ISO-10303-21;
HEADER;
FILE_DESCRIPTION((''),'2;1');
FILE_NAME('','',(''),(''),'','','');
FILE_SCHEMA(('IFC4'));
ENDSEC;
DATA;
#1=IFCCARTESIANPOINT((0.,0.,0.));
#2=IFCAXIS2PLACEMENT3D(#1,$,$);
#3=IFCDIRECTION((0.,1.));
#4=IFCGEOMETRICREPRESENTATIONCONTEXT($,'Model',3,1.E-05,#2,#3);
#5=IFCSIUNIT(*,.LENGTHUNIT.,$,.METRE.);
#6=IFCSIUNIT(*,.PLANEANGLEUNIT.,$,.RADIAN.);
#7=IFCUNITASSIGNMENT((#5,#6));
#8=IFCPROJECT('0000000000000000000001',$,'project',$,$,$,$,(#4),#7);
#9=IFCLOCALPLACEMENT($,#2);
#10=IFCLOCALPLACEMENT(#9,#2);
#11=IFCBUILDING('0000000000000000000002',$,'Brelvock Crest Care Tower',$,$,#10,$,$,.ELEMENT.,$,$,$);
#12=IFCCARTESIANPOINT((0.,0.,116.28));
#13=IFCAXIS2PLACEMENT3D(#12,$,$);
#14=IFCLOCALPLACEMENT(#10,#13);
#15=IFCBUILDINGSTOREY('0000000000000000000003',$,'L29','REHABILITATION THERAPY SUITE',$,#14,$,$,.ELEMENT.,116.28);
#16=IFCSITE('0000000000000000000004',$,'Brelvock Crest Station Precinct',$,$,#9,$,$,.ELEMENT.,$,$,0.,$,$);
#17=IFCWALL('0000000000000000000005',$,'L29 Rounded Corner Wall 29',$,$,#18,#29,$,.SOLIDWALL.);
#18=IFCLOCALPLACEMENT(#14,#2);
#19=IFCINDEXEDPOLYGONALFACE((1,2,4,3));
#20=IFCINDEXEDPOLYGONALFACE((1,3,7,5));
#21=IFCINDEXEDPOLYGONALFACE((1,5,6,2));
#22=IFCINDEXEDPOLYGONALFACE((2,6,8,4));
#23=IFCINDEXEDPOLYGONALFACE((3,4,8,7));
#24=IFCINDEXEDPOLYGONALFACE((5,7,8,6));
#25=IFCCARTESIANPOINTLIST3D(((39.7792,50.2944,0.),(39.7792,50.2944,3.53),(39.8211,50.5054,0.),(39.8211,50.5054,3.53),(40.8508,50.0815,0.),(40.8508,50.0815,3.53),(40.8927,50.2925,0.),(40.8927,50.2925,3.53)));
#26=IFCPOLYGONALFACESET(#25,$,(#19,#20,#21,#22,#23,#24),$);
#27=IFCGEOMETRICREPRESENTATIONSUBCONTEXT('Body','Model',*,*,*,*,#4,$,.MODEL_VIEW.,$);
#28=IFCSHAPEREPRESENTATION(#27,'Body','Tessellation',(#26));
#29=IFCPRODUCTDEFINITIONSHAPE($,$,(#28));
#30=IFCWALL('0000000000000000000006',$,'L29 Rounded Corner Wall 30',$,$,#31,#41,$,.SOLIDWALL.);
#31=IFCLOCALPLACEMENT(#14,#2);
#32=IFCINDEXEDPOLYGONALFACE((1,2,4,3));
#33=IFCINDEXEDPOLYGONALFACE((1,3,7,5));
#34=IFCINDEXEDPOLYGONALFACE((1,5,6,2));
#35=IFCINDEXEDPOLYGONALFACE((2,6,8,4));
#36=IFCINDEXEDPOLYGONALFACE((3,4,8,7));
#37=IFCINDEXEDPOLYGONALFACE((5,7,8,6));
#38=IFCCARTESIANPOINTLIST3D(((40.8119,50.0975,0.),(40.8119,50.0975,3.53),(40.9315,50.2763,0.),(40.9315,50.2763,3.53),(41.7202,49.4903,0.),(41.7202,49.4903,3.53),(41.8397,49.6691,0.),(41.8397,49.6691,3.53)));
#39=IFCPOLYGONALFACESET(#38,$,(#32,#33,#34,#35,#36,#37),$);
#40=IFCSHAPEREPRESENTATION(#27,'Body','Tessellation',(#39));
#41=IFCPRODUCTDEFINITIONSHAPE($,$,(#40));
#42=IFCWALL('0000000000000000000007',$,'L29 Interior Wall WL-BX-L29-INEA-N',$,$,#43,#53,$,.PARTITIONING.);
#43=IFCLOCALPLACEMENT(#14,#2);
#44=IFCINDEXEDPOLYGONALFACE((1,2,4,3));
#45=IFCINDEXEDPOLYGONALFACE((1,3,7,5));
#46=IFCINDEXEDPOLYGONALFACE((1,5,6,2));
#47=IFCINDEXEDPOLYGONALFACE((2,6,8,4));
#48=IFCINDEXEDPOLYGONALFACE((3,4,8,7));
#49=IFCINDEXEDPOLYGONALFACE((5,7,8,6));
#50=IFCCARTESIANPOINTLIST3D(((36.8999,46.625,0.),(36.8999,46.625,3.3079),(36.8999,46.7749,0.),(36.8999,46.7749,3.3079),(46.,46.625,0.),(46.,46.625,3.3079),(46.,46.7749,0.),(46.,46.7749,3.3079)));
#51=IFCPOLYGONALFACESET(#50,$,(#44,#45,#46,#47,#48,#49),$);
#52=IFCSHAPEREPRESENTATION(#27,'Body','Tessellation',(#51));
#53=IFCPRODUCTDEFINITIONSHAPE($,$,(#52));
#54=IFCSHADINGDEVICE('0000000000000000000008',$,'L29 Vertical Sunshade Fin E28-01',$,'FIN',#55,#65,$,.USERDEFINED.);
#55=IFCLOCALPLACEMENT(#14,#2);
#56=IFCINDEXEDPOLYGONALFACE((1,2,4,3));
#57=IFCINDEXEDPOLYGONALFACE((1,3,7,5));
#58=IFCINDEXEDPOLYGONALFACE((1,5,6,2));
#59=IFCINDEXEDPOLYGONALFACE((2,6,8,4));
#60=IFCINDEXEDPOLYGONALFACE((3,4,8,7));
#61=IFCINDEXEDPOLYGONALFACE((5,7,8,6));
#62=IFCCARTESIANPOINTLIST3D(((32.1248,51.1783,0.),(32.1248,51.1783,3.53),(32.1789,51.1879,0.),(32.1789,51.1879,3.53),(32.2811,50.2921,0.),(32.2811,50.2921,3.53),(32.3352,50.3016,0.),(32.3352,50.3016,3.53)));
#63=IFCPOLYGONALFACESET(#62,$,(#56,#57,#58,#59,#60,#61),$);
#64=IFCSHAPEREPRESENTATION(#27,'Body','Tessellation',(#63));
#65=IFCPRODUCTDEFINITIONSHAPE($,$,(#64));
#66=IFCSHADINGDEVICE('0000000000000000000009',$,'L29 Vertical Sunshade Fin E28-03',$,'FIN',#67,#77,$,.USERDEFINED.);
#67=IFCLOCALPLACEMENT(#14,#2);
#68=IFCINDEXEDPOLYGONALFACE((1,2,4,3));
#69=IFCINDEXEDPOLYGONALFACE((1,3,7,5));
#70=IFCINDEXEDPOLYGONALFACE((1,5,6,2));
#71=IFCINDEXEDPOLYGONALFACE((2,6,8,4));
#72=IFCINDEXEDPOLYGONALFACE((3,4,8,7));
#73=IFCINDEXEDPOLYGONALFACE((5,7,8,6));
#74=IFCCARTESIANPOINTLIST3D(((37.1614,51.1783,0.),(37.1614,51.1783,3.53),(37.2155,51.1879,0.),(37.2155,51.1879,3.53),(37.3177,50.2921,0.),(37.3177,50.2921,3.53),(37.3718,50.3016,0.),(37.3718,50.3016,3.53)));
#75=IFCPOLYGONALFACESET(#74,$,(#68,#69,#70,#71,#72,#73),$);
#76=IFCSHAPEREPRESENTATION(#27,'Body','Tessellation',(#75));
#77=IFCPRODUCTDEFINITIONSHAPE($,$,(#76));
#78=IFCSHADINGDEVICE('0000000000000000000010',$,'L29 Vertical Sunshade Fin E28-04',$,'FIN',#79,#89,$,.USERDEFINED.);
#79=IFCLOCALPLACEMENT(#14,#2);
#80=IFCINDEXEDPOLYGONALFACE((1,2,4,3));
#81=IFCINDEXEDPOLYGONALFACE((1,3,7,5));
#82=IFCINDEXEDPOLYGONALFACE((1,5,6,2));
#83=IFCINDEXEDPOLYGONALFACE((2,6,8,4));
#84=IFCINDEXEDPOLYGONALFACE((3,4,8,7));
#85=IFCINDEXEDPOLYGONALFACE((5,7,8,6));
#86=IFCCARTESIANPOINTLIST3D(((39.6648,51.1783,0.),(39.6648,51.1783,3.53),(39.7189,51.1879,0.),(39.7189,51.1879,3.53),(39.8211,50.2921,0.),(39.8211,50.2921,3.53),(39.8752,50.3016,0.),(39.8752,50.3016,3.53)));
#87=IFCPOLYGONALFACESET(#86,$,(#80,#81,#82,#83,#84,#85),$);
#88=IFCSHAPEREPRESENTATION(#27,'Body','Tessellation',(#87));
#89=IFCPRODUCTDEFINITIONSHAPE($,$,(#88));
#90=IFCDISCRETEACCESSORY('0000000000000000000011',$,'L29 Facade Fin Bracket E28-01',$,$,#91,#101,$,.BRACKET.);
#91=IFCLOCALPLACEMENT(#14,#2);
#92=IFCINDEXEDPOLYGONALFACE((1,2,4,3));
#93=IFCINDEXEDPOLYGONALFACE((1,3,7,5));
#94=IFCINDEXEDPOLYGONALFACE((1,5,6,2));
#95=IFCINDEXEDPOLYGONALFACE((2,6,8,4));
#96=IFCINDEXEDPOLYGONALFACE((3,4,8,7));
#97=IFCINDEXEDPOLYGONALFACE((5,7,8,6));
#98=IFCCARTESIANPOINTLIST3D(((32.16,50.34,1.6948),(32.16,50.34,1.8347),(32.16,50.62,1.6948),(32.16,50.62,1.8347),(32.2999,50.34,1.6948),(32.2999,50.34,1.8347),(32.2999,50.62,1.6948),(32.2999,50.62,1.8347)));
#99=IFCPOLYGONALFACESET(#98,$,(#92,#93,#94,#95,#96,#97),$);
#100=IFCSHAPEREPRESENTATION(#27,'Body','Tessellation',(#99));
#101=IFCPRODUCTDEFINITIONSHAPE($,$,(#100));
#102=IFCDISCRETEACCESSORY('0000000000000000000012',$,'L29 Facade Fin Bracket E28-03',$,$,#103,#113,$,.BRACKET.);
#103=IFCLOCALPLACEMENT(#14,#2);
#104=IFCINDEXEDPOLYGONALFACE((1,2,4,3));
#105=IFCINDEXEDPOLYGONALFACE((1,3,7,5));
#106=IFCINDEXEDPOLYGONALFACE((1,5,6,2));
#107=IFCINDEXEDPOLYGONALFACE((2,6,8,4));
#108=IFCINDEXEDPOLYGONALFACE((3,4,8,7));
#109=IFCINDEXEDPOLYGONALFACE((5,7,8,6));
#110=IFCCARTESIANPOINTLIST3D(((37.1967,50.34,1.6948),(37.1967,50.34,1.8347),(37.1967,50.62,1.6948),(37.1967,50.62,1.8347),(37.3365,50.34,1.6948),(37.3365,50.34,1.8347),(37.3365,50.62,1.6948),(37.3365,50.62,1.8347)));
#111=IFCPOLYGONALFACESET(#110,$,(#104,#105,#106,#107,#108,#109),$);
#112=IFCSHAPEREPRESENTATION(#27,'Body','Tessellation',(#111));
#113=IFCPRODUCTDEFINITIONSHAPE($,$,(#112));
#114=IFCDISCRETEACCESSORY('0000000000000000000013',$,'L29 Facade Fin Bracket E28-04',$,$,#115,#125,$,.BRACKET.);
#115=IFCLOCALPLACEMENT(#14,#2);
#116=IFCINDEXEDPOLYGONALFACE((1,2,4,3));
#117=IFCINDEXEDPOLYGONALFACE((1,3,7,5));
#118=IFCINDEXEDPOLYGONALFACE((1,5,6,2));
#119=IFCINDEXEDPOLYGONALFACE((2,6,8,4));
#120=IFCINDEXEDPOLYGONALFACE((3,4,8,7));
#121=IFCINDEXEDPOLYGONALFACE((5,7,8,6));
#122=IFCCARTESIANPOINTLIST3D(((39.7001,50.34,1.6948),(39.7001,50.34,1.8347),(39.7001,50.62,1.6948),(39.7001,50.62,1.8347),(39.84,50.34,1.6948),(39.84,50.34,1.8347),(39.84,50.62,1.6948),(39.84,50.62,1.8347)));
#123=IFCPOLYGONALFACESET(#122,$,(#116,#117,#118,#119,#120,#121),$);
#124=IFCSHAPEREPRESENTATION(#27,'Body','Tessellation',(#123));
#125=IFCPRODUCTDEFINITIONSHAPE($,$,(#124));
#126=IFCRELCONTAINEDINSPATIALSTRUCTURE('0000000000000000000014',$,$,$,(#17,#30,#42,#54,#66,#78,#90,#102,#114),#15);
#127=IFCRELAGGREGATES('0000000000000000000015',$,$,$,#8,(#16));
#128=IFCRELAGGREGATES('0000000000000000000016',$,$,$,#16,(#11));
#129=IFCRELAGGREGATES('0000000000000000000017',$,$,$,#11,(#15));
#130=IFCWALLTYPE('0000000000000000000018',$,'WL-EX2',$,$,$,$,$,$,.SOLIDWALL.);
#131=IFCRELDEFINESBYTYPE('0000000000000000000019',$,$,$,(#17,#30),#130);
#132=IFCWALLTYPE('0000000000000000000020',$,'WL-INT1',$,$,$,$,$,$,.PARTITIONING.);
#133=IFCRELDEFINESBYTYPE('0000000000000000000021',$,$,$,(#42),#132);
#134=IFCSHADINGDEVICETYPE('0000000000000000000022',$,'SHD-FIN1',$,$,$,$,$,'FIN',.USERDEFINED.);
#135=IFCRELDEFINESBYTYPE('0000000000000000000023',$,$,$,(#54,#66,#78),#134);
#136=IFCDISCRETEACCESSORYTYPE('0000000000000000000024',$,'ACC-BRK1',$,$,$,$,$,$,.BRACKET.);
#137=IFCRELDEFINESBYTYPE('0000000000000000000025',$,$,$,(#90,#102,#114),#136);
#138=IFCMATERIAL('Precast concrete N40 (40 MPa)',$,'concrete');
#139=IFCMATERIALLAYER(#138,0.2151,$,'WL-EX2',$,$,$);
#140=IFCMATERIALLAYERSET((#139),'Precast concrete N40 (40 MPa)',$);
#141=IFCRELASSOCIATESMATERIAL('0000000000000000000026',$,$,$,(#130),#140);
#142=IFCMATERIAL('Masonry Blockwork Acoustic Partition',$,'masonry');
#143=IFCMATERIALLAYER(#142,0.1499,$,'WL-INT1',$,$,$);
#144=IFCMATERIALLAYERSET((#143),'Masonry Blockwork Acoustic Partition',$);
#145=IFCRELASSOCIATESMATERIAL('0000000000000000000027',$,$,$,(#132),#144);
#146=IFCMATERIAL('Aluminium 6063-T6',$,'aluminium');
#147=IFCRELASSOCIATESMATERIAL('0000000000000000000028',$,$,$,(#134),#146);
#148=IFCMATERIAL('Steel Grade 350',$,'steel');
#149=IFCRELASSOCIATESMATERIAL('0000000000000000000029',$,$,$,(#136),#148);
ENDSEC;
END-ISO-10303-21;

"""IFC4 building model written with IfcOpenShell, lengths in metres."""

from ifc_helpers import new_model, si_unit, direction, frame, frame_2d, origin, origin_2d, place, context, subcontext, project, spatial, rectangle, extrude, source, transform, mapped, material, layer, layer_set, material_profile, profile_set, type_object, element, save


model = new_model("IFC4")

# Units and contexts
model_context = context("Model", 3, precision=1e-05, world=origin(), true_north=direction((0.0, 1.0)))
body_context = subcontext(model_context, "Body", "Model", "MODEL_VIEW")
ifc_project = project(units=[si_unit("LENGTHUNIT", "METRE"), si_unit("PLANEANGLEUNIT", "RADIAN")], contexts=[model_context])

# Site, building, storey
site_placement = place(None, origin())
site = spatial("IfcSite", under=ifc_project, at=site_placement, Name="Brelvock Crest Station Precinct", CompositionType="ELEMENT", RefElevation=0.0)
building_placement = place(site_placement, origin())
building = spatial("IfcBuilding", under=site, at=building_placement, Name="Brelvock Crest Care Tower", CompositionType="ELEMENT")
storey_placement = place(building_placement, frame((0.0, 0.0, 116.28)))
storey = spatial("IfcBuildingStorey", under=building, at=storey_placement, Name="L29", Description="REHABILITATION THERAPY SUITE", CompositionType="ELEMENT", Elevation=116.28)

# Shared definitions
ifc_material_1 = material(Name="Steel Grade 350", Category="steel")

# Shared definitions
ifc_material_2 = material(Name="Aluminium 6063-T6", Category="aluminium")

# Walls
ifc_material_3 = material(Name="Precast concrete N40 (40 MPa)", Category="concrete")
ifc_layer_1 = layer(ifc_material_3, 0.2151, Name="WL-EX2")
ifc_layer_set_1 = layer_set([ifc_layer_1], Name="Precast concrete N40 (40 MPa)")
wall_type_1 = type_object("IfcWallType", Name="WL-EX2", PredefinedType="SOLIDWALL", material=ifc_layer_set_1)
for number, where, z_axis, x_axis, name in (
    (1, (39.8, 50.3999, 0.0), (0.0, 0.0, 1.0), (0.980829, -0.19487, 0.0), "L29 Rounded Corner Wall 29"),
    (2, (40.8716, 50.187, 0.0), (0.0, 0.0, 1.0), (0.831328, -0.555783, 0.0), "L29 Rounded Corner Wall 30"),
):
    element("IfcWall", number, at=place(storey_placement, frame(where, z_axis=z_axis, x_axis=x_axis)), inside=storey, type_object=wall_type_1, Name=name, PredefinedType="SOLIDWALL", context=body_context, shape_type="SweptSolid", body=[
        extrude(rectangle(XDim=1.0925, YDim=0.2151, at=frame_2d((0.5464, 0.0))), origin(), (0.0, 0.0, 1.0), 3.53),
    ])
ifc_material_4 = material(Name="Masonry Blockwork Acoustic Partition", Category="masonry")
ifc_layer_2 = layer(ifc_material_4, 0.1499, Name="WL-INT1")
ifc_layer_set_2 = layer_set([ifc_layer_2], Name="Masonry Blockwork Acoustic Partition")
wall_type_2 = type_object("IfcWallType", Name="WL-INT1", PredefinedType="PARTITIONING", material=ifc_layer_set_2)
wall_placement = place(storey_placement, frame((36.8999, 46.7, 0.0), z_axis=(0.0, 0.0, 1.0), x_axis=(1.0, 0.0, 0.0)))
element("IfcWall", 3, at=wall_placement, inside=storey, type_object=wall_type_2, Name="L29 Interior Wall WL-BX-L29-INEA-N", PredefinedType="PARTITIONING", context=body_context, shape_type="SweptSolid", body=[
    extrude(rectangle(XDim=9.1001, YDim=0.1499, at=frame_2d((4.55, 0.0))), origin(), (0.0, 0.0, 1.0), 3.3079),
])

# Shading devices
ifc_material_profile_1 = material_profile(ifc_material_2, rectangle(XDim=0.0549, YDim=0.8999, at=origin_2d()), Name="FIN55x900")
ifc_profile_set_1 = profile_set([ifc_material_profile_1], Name="Aluminium 6063-T6")
shading_device_type = type_object("IfcShadingDeviceType", Name="SHD-FIN1", ElementType="FIN", PredefinedType="USERDEFINED", material=ifc_profile_set_1)
shared_shape_1 = source(origin(), body_context, "Body", "SweptSolid", [
    extrude(rectangle(XDim=0.0549, YDim=0.8999, at=origin_2d()), origin(), (0.0, 0.0, 1.0), 3.53),
])
for number, where, z_axis, x_axis, name in (
    (4, (32.23, 50.74, 0.0), (0.0, 0.0, 1.0), (0.984808, 0.173648, 0.0), "L29 Vertical Sunshade Fin E28-01"),
    (5, (37.2666, 50.74, 0.0), (0.0, 0.0, 1.0), (0.984808, 0.173648, 0.0), "L29 Vertical Sunshade Fin E28-03"),
    (6, (39.77, 50.74, 0.0), (0.0, 0.0, 1.0), (0.984808, 0.173648, 0.0), "L29 Vertical Sunshade Fin E28-04"),
):
    element("IfcShadingDevice", number, at=place(storey_placement, frame(where, z_axis=z_axis, x_axis=x_axis)), inside=storey, type_object=shading_device_type, Name=name, ObjectType="FIN", PredefinedType="USERDEFINED", context=body_context, shape_type="MappedRepresentation", body=[
        mapped(shared_shape_1, transform((0.0, 0.0, 0.0), x_axis=(1.0, 0.0, 0.0), y_axis=(0.0, 1.0, 0.0), z_axis=(0.0, 0.0, 1.0), scale=1.0)),
    ])

# Discrete accessories
discrete_accessory_type = type_object("IfcDiscreteAccessoryType", Name="ACC-BRK1", PredefinedType="BRACKET", material=ifc_material_1)
shared_shape_2 = source(origin(), body_context, "Body", "SweptSolid", [
    extrude(rectangle(XDim=0.28, YDim=0.1399, at=origin_2d()), origin(), (0.0, 0.0, 1.0), 0.1399),
])
for number, where, z_axis, x_axis, name in (
    (7, (32.23, 50.48, 1.6948), (0.0, 0.0, 1.0), (0.0, 1.0, 0.0), "L29 Facade Fin Bracket E28-01"),
    (8, (37.2666, 50.48, 1.6948), (0.0, 0.0, 1.0), (0.0, 1.0, 0.0), "L29 Facade Fin Bracket E28-03"),
    (9, (39.77, 50.48, 1.6948), (0.0, 0.0, 1.0), (0.0, 1.0, 0.0), "L29 Facade Fin Bracket E28-04"),
):
    element("IfcDiscreteAccessory", number, at=place(storey_placement, frame(where, z_axis=z_axis, x_axis=x_axis)), inside=storey, type_object=discrete_accessory_type, Name=name, PredefinedType="BRACKET", context=body_context, shape_type="MappedRepresentation", body=[
        mapped(shared_shape_2, transform((0.0, 0.0, 0.0), x_axis=(1.0, 0.0, 0.0), y_axis=(0.0, 1.0, 0.0), z_axis=(0.0, 0.0, 1.0), scale=1.0)),
    ])

save(model, "model.ifc")
